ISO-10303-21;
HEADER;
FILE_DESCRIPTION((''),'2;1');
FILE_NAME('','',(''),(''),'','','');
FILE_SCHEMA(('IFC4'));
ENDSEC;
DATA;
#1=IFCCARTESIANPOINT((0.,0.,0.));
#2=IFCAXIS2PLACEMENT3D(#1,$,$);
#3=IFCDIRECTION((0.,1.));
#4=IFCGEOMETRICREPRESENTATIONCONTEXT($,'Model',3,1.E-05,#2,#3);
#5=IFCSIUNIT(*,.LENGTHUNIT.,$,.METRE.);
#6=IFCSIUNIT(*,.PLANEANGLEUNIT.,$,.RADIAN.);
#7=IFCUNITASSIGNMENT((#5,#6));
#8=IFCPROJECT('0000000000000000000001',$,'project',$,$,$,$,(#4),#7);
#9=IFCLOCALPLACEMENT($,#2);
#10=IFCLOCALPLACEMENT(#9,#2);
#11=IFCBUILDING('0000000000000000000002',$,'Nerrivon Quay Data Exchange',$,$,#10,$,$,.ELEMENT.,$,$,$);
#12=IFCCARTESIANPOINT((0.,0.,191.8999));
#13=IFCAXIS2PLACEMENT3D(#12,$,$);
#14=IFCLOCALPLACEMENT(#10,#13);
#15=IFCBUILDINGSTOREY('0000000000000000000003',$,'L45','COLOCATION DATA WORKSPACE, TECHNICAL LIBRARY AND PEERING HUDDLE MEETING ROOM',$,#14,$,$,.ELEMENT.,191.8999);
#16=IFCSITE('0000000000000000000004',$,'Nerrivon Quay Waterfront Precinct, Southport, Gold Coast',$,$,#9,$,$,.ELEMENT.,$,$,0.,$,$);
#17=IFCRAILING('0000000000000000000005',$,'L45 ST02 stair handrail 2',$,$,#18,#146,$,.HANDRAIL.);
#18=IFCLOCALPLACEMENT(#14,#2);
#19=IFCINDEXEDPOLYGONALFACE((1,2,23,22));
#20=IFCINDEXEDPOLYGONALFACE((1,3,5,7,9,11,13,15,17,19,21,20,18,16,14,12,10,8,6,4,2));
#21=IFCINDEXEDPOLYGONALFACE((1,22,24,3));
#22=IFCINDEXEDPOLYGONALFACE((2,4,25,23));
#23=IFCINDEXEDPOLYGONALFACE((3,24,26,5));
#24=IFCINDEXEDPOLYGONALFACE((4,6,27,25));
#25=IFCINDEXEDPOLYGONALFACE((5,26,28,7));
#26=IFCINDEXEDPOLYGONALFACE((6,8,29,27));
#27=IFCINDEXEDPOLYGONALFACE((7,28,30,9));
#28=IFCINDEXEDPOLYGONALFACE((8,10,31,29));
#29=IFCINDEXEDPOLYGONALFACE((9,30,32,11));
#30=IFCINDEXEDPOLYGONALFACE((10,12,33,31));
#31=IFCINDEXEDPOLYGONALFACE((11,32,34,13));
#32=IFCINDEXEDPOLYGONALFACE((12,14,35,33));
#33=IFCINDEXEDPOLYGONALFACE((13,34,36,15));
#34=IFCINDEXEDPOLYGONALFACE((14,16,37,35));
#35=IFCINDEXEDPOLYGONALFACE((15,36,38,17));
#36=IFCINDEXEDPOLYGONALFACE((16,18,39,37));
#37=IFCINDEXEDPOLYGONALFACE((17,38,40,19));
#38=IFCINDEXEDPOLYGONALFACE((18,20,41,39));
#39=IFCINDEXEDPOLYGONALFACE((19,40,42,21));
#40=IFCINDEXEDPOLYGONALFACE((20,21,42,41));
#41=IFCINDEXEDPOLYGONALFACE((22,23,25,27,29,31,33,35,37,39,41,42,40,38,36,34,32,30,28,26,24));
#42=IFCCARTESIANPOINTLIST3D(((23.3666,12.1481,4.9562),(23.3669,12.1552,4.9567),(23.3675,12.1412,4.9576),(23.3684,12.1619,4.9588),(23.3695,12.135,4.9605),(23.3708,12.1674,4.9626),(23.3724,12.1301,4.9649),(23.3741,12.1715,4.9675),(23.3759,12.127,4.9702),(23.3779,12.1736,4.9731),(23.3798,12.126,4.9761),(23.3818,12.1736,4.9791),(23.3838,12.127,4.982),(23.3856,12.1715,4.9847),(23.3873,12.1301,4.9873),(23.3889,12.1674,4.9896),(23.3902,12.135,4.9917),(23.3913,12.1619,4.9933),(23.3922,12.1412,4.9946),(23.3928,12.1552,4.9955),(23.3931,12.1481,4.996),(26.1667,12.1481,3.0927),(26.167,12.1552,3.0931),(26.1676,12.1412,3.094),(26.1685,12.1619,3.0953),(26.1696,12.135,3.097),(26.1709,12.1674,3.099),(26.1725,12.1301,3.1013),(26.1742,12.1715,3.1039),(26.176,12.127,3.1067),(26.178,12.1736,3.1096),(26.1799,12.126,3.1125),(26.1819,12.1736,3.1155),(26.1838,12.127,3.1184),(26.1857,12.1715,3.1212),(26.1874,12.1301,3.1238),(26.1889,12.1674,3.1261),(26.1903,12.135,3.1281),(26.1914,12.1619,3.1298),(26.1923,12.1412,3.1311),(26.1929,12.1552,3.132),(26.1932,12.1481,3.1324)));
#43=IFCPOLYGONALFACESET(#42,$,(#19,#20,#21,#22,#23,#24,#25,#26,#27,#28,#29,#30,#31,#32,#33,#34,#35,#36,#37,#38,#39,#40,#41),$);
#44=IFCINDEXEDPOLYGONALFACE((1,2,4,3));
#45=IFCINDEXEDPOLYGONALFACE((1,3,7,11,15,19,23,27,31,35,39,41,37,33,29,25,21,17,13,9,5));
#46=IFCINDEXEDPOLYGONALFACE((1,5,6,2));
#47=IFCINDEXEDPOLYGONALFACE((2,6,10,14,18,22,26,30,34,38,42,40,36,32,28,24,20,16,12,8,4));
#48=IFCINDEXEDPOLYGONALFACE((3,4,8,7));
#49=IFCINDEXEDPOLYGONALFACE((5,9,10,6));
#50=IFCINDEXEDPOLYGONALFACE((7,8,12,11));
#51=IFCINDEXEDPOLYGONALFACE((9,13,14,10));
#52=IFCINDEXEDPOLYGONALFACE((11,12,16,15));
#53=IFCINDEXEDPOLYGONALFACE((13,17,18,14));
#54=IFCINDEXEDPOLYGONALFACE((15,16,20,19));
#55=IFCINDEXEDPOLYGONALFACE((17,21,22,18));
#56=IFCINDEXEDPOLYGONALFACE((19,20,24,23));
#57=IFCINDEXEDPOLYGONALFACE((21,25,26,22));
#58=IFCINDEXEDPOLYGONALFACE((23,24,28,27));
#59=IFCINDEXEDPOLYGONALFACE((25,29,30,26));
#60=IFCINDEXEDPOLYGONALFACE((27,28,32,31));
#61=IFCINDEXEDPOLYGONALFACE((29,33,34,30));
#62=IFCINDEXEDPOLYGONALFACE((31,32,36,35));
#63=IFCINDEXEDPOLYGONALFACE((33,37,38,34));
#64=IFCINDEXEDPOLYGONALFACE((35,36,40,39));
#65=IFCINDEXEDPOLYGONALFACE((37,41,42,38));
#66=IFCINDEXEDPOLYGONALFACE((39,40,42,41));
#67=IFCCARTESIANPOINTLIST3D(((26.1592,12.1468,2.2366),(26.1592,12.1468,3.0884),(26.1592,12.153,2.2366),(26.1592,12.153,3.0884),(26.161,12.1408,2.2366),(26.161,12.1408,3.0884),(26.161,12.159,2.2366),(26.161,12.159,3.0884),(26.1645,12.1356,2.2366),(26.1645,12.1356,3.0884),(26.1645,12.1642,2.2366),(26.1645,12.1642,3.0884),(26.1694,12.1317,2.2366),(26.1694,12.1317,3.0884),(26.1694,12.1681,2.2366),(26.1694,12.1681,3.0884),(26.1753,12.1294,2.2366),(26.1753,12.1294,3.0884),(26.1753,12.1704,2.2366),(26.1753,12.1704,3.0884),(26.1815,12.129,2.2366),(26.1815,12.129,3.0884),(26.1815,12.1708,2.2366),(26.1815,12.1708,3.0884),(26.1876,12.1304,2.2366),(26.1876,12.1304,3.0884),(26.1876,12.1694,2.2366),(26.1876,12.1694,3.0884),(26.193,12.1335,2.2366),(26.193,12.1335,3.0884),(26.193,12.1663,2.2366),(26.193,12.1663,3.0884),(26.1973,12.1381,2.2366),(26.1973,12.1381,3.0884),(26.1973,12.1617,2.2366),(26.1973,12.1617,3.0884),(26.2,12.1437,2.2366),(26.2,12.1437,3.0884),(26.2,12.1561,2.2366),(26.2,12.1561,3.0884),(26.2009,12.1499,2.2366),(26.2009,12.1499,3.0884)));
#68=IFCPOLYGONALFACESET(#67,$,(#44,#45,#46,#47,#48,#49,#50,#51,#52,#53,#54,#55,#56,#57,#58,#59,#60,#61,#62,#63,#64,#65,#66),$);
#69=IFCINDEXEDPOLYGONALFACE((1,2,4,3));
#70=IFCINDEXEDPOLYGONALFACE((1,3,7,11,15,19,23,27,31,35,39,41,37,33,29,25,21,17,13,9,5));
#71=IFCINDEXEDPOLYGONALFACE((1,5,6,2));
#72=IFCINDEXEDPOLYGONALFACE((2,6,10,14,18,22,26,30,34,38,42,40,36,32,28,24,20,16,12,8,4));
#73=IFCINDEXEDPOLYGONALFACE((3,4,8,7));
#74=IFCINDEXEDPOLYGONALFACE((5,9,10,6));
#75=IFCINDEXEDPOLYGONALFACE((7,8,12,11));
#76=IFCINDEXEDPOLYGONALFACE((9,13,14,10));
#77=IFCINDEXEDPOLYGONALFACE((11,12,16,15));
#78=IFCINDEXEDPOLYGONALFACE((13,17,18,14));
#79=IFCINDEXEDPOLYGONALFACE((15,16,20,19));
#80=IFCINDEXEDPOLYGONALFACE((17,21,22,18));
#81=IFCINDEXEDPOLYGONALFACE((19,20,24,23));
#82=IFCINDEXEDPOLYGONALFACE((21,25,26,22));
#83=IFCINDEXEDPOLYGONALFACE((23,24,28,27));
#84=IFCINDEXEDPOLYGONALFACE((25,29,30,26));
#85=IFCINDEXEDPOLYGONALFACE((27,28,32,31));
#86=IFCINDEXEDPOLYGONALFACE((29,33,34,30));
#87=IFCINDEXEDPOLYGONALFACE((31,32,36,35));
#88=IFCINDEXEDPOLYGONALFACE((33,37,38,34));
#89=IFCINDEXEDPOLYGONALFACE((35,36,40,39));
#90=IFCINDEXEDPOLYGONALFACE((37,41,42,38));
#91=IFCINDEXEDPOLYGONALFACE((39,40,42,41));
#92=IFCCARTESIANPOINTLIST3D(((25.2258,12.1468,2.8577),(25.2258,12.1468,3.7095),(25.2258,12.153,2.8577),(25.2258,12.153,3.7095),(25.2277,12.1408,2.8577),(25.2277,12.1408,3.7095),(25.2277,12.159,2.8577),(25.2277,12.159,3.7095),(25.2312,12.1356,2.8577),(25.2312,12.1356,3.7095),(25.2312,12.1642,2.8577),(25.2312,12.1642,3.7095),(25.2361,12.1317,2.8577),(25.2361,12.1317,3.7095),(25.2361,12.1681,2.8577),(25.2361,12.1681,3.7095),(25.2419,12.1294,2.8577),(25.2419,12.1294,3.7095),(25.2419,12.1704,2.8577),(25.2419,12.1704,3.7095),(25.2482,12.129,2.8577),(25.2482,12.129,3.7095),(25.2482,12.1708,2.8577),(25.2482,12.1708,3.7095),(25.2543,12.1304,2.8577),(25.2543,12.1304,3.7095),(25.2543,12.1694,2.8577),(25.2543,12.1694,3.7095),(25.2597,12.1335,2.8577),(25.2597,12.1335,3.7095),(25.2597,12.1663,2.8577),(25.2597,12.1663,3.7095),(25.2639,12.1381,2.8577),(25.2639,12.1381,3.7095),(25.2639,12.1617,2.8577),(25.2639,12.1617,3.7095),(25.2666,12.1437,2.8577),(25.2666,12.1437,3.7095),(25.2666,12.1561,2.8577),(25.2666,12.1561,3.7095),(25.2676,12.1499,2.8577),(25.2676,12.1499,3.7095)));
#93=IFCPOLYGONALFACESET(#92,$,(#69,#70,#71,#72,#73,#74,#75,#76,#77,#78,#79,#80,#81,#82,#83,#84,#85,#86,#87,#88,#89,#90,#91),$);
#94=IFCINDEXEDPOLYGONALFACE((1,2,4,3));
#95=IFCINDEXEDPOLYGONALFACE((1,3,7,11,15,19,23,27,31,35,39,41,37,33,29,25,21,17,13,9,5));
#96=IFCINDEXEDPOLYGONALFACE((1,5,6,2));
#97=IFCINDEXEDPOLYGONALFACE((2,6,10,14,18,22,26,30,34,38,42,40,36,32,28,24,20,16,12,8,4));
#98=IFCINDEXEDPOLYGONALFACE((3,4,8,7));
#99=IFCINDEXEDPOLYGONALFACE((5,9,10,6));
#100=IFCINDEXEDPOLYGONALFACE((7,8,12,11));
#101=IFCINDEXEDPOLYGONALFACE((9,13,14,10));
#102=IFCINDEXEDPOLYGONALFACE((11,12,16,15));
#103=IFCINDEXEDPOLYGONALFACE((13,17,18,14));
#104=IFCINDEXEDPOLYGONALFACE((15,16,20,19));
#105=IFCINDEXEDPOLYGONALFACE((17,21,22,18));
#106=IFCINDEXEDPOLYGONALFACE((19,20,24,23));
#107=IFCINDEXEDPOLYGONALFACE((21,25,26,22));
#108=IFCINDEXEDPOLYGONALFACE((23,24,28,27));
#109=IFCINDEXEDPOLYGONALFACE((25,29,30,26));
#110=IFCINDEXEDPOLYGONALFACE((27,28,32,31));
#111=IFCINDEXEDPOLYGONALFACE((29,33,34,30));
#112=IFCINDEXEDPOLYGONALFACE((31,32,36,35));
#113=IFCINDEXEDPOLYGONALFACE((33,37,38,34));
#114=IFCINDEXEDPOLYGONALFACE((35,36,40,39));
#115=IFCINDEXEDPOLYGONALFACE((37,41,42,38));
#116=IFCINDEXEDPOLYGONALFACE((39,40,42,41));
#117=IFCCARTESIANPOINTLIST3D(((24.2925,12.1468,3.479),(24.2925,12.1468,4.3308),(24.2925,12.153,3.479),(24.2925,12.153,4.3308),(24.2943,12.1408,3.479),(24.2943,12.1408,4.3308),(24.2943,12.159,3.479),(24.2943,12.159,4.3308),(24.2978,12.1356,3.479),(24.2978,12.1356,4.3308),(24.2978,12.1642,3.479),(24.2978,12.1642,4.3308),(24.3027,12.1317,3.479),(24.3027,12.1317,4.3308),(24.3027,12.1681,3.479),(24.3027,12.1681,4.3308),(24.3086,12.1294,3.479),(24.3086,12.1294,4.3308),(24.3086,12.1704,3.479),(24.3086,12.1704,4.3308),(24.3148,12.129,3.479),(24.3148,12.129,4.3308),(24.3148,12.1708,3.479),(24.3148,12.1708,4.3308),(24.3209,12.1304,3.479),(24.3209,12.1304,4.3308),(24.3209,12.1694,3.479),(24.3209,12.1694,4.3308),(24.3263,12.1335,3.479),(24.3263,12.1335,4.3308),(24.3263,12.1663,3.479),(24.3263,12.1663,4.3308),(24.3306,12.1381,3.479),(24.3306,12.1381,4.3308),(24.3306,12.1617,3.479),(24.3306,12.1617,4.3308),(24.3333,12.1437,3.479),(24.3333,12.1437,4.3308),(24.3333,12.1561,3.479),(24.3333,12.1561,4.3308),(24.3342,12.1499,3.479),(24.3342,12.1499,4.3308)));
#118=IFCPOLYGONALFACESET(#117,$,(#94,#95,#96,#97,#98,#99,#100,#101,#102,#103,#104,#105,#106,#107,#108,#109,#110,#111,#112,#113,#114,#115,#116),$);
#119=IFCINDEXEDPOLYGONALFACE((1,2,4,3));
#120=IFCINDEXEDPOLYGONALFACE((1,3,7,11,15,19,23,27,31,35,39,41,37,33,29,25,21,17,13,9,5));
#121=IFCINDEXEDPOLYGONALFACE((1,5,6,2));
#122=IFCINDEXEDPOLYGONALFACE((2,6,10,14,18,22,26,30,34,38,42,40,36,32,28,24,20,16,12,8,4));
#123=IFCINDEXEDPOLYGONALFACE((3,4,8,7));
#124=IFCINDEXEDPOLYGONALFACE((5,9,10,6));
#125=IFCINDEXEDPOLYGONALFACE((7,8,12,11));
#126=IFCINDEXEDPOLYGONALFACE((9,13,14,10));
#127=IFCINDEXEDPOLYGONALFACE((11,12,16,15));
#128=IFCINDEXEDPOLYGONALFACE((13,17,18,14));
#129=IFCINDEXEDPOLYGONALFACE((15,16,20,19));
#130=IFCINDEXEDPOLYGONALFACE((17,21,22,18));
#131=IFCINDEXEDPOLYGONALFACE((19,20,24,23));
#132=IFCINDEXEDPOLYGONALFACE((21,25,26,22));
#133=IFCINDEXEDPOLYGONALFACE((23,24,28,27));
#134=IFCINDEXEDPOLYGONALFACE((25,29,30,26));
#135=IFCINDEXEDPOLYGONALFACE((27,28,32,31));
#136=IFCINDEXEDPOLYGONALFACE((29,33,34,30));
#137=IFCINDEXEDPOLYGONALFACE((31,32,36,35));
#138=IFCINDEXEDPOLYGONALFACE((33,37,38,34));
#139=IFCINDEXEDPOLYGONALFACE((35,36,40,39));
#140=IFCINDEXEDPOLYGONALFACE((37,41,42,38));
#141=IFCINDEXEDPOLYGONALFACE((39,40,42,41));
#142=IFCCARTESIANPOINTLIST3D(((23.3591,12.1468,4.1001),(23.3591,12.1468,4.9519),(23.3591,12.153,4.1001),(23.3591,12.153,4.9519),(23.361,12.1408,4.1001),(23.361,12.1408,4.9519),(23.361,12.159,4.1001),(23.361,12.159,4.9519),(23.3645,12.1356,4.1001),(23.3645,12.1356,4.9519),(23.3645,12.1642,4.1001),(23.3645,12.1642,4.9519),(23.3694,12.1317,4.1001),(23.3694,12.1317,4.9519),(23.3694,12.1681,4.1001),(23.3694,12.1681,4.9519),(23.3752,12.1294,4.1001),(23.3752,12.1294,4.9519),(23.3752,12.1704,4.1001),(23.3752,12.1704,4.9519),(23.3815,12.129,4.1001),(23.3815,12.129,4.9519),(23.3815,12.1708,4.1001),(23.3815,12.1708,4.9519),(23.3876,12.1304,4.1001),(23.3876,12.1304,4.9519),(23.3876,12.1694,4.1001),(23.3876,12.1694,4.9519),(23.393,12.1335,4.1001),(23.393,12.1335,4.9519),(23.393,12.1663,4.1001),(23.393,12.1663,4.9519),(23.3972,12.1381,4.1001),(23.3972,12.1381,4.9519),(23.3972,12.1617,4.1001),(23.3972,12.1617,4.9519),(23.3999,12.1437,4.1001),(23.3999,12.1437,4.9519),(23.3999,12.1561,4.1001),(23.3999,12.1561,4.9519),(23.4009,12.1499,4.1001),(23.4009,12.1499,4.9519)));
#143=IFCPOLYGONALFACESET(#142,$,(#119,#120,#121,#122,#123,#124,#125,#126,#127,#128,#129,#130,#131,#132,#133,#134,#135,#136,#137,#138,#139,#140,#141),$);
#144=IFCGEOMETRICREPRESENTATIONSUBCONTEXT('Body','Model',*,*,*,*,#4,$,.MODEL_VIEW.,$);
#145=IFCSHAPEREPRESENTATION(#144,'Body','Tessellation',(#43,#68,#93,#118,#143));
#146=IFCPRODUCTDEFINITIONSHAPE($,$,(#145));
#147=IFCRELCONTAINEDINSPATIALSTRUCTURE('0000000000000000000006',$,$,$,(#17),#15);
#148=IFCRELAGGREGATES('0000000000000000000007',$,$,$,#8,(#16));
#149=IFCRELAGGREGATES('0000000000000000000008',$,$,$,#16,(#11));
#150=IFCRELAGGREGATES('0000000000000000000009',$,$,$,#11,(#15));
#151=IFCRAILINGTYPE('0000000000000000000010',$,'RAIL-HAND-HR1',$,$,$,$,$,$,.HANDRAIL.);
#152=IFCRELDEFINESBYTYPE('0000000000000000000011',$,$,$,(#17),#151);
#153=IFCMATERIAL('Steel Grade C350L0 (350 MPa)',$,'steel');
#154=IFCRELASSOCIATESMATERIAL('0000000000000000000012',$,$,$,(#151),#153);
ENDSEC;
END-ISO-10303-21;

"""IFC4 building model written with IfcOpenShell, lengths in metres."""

from ifc_helpers import new_model, si_unit, direction, frame, origin, origin_2d, place, context, subcontext, project, spatial, circle, extrude, material, type_object, element, save


model = new_model("IFC4")

# Units and contexts
model_context = context("Model", 3, precision=1e-05, world=origin(), true_north=direction((0.0, 1.0)))
body_context = subcontext(model_context, "Body", "Model", "MODEL_VIEW")
ifc_project = project(units=[si_unit("LENGTHUNIT", "METRE"), si_unit("PLANEANGLEUNIT", "RADIAN")], contexts=[model_context])

# Site, building, storey
site_placement = place(None, origin())
site = spatial("IfcSite", under=ifc_project, at=site_placement, Name="Nerrivon Quay Waterfront Precinct, Southport, Gold Coast", CompositionType="ELEMENT", RefElevation=0.0)
building_placement = place(site_placement, origin())
building = spatial("IfcBuilding", under=site, at=building_placement, Name="Nerrivon Quay Data Exchange", CompositionType="ELEMENT")
storey_placement = place(building_placement, frame((0.0, 0.0, 191.8999)))
storey = spatial("IfcBuildingStorey", under=building, at=storey_placement, Name="L45", Description="COLOCATION DATA WORKSPACE, TECHNICAL LIBRARY AND PEERING HUDDLE MEETING ROOM", CompositionType="ELEMENT", Elevation=191.8999)

# Shared definitions
ifc_material_1 = material(Name="Steel Grade C350L0 (350 MPa)", Category="steel")

# Railing
railing_type_1 = type_object("IfcRailingType", Name="RAIL-HAND-HR1", PredefinedType="HANDRAIL", material=ifc_material_1)
railing_1_placement = place(storey_placement, frame((26.1799, 12.1499, 2.2366)))
element("IfcRailing", 1, at=railing_1_placement, inside=storey, type_object=railing_type_1, Name="L45 ST02 stair handrail 2", PredefinedType="HANDRAIL", context=body_context, shape_type="SweptSolid", body=[
    extrude(circle(Radius=0.0239, at=origin_2d()), frame((0.0, 0.0, 0.876), z_axis=(-0.832486, 0.0, 0.554047), x_axis=(0.0, -1.0, 0.0)), (0.0, 0.0, 1.0), 3.3635),
    extrude(circle(Radius=0.021, at=origin_2d()), origin(), (0.0, 0.0, 1.0), 0.8518),
    extrude(circle(Radius=0.021, at=origin_2d()), frame((-0.9333, 0.0, 0.6211)), (0.0, 0.0, 1.0), 0.8518),
    extrude(circle(Radius=0.021, at=origin_2d()), frame((-1.8667, 0.0, 1.2424)), (0.0, 0.0, 1.0), 0.8518),
    extrude(circle(Radius=0.021, at=origin_2d()), frame((-2.8, 0.0, 1.8635)), (0.0, 0.0, 1.0), 0.8518),
])

save(model, "model.ifc")
